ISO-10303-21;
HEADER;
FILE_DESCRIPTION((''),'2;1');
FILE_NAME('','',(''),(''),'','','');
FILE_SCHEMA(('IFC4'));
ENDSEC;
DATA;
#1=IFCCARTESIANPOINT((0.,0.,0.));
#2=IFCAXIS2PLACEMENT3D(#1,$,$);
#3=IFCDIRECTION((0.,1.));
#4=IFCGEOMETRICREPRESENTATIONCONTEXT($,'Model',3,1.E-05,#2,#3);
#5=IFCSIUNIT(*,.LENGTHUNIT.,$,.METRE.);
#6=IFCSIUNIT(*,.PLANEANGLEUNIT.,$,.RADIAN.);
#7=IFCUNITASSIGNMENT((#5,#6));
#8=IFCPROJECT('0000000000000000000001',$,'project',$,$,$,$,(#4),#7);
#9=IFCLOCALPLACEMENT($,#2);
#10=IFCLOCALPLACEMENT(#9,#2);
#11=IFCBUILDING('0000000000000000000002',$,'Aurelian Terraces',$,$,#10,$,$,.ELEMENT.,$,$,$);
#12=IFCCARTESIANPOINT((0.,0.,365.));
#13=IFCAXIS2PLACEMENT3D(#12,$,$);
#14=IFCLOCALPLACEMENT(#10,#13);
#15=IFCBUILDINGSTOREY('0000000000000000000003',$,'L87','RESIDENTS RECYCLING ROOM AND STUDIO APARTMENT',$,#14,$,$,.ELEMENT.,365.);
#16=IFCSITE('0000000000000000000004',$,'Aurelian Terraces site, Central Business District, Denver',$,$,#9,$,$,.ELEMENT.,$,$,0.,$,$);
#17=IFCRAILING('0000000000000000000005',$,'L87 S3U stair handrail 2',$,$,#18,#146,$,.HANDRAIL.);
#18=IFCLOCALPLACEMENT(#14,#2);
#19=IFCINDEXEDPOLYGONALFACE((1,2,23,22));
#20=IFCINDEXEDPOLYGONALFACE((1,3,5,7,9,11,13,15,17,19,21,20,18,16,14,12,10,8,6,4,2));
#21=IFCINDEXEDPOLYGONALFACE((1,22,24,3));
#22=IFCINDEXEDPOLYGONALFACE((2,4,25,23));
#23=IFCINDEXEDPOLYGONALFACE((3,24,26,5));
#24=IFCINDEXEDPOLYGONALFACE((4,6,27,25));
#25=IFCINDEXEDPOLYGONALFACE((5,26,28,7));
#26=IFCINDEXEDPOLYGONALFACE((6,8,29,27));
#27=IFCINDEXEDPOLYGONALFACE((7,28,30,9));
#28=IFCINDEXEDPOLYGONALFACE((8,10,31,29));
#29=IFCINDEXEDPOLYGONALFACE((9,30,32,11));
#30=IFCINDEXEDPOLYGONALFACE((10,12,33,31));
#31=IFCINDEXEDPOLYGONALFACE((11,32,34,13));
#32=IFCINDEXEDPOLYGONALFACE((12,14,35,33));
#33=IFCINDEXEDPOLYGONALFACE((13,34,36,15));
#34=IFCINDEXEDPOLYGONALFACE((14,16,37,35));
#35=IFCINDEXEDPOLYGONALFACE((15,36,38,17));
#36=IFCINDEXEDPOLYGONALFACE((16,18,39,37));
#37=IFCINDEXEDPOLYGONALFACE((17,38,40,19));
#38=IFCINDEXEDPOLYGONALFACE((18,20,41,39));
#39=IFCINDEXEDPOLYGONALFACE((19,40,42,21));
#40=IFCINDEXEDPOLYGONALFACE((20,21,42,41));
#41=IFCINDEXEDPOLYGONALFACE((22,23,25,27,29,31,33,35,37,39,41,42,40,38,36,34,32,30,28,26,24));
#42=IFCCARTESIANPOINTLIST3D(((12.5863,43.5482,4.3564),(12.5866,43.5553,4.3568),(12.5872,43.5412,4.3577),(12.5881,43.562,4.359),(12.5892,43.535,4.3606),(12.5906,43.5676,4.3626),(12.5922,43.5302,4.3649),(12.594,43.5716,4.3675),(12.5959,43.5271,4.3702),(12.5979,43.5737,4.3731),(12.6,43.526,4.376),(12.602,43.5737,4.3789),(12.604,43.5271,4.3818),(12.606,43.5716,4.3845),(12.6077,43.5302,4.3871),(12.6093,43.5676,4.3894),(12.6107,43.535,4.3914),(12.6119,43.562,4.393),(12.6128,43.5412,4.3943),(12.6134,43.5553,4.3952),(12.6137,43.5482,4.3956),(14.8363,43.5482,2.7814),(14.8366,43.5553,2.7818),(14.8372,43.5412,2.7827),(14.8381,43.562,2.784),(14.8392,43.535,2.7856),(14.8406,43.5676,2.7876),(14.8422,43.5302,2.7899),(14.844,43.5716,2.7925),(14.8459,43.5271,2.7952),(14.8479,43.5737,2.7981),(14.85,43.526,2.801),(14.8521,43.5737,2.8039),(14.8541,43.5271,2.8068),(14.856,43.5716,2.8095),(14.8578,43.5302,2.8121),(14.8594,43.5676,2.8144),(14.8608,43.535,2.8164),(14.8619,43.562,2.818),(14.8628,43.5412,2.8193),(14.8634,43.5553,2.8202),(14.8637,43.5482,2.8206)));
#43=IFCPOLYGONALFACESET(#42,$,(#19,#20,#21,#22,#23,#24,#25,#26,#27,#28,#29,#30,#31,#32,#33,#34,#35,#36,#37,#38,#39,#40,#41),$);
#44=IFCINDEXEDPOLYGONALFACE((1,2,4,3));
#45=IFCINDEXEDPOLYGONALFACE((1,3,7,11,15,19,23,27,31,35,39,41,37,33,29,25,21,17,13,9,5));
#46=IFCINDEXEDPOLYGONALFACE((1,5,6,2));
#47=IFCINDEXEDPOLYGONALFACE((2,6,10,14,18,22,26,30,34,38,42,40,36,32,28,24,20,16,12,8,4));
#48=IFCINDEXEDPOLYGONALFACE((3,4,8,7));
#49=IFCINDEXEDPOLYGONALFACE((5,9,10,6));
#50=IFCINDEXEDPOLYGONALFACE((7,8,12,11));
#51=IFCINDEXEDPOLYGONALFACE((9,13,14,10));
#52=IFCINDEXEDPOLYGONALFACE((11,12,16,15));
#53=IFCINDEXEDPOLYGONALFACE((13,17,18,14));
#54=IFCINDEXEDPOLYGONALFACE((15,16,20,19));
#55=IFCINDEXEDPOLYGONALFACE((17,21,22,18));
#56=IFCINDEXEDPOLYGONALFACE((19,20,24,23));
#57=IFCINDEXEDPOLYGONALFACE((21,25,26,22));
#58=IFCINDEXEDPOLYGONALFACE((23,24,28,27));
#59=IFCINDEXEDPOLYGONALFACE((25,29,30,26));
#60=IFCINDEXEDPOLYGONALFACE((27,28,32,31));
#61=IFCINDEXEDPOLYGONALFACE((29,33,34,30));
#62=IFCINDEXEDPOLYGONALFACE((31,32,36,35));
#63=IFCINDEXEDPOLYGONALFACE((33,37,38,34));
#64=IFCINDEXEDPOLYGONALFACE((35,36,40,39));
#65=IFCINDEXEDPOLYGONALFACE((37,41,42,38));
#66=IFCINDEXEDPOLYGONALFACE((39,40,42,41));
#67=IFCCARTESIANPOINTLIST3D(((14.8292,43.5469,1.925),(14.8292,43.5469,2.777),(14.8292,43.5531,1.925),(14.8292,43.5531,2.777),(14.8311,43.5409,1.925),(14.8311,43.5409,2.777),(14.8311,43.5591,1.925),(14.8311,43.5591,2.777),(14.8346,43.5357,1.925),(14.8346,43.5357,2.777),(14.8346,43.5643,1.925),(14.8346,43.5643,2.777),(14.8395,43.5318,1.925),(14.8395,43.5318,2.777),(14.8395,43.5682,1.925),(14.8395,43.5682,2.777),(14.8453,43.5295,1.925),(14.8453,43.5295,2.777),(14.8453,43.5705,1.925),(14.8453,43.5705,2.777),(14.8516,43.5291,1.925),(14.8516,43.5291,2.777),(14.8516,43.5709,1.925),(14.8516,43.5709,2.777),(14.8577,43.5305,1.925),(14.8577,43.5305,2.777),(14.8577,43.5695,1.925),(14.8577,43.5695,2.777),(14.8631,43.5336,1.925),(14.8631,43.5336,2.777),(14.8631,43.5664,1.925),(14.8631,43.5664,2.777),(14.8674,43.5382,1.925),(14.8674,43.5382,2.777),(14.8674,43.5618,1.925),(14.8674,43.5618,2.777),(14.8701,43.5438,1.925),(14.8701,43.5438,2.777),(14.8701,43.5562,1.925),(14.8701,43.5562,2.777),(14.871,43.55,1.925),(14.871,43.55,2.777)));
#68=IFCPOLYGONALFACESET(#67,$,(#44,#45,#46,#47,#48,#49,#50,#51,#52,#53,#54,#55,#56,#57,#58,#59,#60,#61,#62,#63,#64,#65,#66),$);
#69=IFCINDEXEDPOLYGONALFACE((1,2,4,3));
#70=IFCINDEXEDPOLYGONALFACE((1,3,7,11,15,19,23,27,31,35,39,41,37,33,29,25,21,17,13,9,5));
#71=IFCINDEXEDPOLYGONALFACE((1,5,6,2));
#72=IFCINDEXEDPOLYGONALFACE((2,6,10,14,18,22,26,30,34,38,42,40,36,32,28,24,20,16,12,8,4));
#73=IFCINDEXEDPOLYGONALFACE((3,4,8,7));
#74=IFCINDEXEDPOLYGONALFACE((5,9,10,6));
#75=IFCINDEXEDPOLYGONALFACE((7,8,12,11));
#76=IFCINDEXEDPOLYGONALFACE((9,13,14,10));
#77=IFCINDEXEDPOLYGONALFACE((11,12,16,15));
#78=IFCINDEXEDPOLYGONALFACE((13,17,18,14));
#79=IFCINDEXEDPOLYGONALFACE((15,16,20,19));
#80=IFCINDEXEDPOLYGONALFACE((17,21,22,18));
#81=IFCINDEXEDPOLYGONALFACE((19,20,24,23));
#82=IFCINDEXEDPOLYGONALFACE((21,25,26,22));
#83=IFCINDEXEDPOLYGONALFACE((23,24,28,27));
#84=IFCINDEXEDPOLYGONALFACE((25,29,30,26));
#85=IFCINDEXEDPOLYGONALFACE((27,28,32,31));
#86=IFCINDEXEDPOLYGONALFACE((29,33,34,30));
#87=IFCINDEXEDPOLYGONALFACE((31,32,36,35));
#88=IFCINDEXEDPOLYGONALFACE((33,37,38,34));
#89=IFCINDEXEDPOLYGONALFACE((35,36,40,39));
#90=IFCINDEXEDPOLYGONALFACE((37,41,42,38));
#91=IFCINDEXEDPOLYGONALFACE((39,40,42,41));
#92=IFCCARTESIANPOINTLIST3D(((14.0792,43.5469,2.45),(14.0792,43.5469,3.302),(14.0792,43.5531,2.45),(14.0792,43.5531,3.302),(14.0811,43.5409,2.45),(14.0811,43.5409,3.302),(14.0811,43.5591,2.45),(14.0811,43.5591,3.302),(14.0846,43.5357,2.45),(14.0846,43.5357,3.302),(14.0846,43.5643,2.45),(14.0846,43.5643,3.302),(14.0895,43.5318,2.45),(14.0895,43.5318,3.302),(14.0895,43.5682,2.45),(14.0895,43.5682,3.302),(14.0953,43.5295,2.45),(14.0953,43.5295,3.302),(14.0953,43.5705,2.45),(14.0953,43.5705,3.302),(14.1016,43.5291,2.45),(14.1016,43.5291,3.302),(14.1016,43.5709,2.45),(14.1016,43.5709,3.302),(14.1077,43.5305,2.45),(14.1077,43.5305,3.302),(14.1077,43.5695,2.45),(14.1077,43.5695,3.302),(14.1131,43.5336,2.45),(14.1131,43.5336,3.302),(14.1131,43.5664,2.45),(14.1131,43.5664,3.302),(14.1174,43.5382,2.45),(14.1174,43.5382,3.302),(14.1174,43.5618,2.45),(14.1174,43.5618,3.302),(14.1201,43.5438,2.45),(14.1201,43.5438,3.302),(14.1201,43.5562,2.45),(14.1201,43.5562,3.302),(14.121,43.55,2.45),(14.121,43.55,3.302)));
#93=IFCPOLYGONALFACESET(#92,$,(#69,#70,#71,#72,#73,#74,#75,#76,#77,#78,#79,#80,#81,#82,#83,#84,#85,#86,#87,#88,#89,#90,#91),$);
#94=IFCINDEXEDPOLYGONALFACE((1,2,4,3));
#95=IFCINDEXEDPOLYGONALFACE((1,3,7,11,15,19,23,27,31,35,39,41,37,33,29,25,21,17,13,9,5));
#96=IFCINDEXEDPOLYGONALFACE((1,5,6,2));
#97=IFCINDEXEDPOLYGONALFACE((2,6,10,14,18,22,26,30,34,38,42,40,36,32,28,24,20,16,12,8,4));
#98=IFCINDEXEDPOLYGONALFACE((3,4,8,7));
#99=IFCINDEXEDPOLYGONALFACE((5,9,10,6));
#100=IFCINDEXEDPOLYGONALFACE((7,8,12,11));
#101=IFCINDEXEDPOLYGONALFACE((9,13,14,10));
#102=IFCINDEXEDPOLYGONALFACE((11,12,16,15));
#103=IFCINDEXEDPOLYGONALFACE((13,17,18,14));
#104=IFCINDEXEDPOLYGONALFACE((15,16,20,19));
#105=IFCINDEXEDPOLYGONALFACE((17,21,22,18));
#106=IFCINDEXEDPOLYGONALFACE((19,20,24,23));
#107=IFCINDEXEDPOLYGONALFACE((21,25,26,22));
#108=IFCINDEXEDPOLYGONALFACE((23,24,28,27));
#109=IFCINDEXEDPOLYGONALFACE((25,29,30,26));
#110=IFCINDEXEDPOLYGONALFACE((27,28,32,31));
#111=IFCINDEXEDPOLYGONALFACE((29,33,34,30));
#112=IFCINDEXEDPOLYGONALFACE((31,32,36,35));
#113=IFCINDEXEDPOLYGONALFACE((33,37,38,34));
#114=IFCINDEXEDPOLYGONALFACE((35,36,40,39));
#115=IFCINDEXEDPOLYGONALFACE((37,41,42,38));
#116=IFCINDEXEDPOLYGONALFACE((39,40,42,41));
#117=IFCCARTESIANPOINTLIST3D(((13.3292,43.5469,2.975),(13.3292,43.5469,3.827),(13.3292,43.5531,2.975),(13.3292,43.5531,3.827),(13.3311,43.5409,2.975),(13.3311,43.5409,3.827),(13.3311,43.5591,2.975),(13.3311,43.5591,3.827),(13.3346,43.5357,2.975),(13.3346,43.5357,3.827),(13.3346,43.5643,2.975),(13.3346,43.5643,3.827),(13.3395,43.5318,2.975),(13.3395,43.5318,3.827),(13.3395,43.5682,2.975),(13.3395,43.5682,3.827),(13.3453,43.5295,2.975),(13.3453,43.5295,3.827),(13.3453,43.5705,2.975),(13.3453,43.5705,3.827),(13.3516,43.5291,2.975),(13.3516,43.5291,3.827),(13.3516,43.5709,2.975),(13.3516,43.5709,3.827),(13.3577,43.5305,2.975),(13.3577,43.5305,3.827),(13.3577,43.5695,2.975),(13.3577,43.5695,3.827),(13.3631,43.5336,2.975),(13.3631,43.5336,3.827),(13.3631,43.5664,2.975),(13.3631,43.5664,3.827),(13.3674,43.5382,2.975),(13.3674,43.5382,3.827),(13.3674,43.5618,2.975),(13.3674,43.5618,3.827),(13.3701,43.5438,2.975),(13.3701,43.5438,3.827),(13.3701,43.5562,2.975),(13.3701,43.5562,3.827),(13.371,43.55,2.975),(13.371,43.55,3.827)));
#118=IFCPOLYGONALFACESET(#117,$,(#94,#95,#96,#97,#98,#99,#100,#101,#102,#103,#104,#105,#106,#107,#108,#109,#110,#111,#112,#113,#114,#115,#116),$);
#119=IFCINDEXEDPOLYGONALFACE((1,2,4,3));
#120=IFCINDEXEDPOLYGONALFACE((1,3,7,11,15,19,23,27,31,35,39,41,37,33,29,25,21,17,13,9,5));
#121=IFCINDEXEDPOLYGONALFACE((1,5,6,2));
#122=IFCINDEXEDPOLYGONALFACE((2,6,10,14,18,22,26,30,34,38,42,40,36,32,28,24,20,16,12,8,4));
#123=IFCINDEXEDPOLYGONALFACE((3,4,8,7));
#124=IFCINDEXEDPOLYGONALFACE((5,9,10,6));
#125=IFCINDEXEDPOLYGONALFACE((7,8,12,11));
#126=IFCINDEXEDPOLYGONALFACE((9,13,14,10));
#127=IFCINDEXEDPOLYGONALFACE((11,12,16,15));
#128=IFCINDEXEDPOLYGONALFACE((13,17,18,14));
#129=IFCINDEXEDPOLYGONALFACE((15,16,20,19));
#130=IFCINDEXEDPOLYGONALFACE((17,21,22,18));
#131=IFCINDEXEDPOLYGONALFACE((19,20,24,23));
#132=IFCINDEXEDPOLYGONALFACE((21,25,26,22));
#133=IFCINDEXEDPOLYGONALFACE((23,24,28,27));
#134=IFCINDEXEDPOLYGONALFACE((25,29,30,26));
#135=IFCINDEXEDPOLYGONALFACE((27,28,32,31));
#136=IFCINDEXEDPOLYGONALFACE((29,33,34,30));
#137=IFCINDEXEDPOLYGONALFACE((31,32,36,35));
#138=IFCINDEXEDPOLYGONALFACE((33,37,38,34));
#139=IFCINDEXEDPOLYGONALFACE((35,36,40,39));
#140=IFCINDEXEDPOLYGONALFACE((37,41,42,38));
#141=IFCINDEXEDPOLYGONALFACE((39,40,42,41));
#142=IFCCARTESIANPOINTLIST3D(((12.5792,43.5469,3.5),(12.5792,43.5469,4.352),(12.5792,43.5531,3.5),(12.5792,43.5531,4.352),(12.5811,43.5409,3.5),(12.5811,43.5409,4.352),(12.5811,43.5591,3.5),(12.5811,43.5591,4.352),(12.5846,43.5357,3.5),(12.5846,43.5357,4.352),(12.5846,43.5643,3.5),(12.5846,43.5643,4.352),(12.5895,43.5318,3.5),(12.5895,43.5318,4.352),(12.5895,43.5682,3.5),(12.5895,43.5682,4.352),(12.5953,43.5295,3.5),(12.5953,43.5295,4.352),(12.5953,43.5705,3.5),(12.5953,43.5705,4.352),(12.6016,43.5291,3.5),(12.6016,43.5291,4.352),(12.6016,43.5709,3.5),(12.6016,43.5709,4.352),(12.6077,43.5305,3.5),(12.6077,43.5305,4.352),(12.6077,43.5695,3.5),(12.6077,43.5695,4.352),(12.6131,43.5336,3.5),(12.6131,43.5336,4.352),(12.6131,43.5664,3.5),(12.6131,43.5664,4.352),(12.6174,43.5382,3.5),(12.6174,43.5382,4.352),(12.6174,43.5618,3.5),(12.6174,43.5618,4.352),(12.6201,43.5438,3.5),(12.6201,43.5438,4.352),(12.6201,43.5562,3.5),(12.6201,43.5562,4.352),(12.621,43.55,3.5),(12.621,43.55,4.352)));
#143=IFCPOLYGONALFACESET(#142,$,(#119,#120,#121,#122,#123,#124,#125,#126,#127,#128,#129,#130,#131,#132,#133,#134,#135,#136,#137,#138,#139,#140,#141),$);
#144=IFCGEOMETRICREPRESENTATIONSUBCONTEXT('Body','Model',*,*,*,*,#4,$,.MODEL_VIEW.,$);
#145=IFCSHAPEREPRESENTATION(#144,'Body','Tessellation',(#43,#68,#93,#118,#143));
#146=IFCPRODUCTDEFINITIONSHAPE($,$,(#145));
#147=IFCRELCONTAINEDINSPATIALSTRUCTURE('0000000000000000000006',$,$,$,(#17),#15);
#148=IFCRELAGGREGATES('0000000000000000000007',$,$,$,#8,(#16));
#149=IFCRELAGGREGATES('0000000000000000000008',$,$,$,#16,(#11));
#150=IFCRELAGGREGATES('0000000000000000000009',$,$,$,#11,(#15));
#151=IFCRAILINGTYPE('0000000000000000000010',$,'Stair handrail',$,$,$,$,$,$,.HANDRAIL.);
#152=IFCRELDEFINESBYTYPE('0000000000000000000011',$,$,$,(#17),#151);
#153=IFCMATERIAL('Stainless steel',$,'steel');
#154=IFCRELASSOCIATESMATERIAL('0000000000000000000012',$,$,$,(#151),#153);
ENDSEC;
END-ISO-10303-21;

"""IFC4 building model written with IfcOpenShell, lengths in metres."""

from ifc_helpers import new_model, si_unit, direction, frame, origin, origin_2d, place, context, subcontext, project, spatial, circle, extrude, source, transform, mapped, material, type_object, element, save


model = new_model("IFC4")

# Units and contexts
model_context = context("Model", 3, precision=1e-05, world=origin(), true_north=direction((0.0, 1.0)))
body_context = subcontext(model_context, "Body", "Model", "MODEL_VIEW")
ifc_project = project(units=[si_unit("LENGTHUNIT", "METRE"), si_unit("PLANEANGLEUNIT", "RADIAN")], contexts=[model_context])

# Site, building, storey
site_placement = place(None, origin())
site = spatial("IfcSite", under=ifc_project, at=site_placement, Name="Aurelian Terraces site, Central Business District, Denver", CompositionType="ELEMENT", RefElevation=0.0)
building_placement = place(site_placement, origin())
building = spatial("IfcBuilding", under=site, at=building_placement, Name="Aurelian Terraces", CompositionType="ELEMENT")
storey_placement = place(building_placement, frame((0.0, 0.0, 365.0)))
storey = spatial("IfcBuildingStorey", under=building, at=storey_placement, Name="L87", Description="RESIDENTS RECYCLING ROOM AND STUDIO APARTMENT", CompositionType="ELEMENT", Elevation=365.0)

# Railing
ifc_material_1 = material(Name="Stainless steel", Category="steel")
railing_type_1 = type_object("IfcRailingType", Name="Stair handrail", PredefinedType="HANDRAIL", material=ifc_material_1)
shared_shape_1 = source(origin(), body_context, "Body", "SweptSolid", [
    extrude(circle(Radius=0.024, at=origin_2d()), frame((0.0, 0.0, 0.876), z_axis=(-0.819232, 0.0, 0.573462), x_axis=(0.0, -1.0, 0.0)), (0.0, 0.0, 1.0), 2.7465),
    extrude(circle(Radius=0.021, at=origin_2d()), origin(), (0.0, 0.0, 1.0), 0.852),
    extrude(circle(Radius=0.021, at=origin_2d()), frame((-0.75, 0.0, 0.525)), (0.0, 0.0, 1.0), 0.852),
    extrude(circle(Radius=0.021, at=origin_2d()), frame((-1.5, 0.0, 1.05)), (0.0, 0.0, 1.0), 0.852),
    extrude(circle(Radius=0.021, at=origin_2d()), frame((-2.25, 0.0, 1.575)), (0.0, 0.0, 1.0), 0.852),
])
railing_1_placement = place(storey_placement, frame((14.85, 43.55, 1.925)))
element("IfcRailing", 1, at=railing_1_placement, inside=storey, type_object=railing_type_1, Name="L87 S3U stair handrail 2", PredefinedType="HANDRAIL", context=body_context, shape_type="MappedRepresentation", body=[
    mapped(shared_shape_1, transform((0.0, 0.0, 0.0), scale=1.0)),
])

save(model, "model.ifc")
